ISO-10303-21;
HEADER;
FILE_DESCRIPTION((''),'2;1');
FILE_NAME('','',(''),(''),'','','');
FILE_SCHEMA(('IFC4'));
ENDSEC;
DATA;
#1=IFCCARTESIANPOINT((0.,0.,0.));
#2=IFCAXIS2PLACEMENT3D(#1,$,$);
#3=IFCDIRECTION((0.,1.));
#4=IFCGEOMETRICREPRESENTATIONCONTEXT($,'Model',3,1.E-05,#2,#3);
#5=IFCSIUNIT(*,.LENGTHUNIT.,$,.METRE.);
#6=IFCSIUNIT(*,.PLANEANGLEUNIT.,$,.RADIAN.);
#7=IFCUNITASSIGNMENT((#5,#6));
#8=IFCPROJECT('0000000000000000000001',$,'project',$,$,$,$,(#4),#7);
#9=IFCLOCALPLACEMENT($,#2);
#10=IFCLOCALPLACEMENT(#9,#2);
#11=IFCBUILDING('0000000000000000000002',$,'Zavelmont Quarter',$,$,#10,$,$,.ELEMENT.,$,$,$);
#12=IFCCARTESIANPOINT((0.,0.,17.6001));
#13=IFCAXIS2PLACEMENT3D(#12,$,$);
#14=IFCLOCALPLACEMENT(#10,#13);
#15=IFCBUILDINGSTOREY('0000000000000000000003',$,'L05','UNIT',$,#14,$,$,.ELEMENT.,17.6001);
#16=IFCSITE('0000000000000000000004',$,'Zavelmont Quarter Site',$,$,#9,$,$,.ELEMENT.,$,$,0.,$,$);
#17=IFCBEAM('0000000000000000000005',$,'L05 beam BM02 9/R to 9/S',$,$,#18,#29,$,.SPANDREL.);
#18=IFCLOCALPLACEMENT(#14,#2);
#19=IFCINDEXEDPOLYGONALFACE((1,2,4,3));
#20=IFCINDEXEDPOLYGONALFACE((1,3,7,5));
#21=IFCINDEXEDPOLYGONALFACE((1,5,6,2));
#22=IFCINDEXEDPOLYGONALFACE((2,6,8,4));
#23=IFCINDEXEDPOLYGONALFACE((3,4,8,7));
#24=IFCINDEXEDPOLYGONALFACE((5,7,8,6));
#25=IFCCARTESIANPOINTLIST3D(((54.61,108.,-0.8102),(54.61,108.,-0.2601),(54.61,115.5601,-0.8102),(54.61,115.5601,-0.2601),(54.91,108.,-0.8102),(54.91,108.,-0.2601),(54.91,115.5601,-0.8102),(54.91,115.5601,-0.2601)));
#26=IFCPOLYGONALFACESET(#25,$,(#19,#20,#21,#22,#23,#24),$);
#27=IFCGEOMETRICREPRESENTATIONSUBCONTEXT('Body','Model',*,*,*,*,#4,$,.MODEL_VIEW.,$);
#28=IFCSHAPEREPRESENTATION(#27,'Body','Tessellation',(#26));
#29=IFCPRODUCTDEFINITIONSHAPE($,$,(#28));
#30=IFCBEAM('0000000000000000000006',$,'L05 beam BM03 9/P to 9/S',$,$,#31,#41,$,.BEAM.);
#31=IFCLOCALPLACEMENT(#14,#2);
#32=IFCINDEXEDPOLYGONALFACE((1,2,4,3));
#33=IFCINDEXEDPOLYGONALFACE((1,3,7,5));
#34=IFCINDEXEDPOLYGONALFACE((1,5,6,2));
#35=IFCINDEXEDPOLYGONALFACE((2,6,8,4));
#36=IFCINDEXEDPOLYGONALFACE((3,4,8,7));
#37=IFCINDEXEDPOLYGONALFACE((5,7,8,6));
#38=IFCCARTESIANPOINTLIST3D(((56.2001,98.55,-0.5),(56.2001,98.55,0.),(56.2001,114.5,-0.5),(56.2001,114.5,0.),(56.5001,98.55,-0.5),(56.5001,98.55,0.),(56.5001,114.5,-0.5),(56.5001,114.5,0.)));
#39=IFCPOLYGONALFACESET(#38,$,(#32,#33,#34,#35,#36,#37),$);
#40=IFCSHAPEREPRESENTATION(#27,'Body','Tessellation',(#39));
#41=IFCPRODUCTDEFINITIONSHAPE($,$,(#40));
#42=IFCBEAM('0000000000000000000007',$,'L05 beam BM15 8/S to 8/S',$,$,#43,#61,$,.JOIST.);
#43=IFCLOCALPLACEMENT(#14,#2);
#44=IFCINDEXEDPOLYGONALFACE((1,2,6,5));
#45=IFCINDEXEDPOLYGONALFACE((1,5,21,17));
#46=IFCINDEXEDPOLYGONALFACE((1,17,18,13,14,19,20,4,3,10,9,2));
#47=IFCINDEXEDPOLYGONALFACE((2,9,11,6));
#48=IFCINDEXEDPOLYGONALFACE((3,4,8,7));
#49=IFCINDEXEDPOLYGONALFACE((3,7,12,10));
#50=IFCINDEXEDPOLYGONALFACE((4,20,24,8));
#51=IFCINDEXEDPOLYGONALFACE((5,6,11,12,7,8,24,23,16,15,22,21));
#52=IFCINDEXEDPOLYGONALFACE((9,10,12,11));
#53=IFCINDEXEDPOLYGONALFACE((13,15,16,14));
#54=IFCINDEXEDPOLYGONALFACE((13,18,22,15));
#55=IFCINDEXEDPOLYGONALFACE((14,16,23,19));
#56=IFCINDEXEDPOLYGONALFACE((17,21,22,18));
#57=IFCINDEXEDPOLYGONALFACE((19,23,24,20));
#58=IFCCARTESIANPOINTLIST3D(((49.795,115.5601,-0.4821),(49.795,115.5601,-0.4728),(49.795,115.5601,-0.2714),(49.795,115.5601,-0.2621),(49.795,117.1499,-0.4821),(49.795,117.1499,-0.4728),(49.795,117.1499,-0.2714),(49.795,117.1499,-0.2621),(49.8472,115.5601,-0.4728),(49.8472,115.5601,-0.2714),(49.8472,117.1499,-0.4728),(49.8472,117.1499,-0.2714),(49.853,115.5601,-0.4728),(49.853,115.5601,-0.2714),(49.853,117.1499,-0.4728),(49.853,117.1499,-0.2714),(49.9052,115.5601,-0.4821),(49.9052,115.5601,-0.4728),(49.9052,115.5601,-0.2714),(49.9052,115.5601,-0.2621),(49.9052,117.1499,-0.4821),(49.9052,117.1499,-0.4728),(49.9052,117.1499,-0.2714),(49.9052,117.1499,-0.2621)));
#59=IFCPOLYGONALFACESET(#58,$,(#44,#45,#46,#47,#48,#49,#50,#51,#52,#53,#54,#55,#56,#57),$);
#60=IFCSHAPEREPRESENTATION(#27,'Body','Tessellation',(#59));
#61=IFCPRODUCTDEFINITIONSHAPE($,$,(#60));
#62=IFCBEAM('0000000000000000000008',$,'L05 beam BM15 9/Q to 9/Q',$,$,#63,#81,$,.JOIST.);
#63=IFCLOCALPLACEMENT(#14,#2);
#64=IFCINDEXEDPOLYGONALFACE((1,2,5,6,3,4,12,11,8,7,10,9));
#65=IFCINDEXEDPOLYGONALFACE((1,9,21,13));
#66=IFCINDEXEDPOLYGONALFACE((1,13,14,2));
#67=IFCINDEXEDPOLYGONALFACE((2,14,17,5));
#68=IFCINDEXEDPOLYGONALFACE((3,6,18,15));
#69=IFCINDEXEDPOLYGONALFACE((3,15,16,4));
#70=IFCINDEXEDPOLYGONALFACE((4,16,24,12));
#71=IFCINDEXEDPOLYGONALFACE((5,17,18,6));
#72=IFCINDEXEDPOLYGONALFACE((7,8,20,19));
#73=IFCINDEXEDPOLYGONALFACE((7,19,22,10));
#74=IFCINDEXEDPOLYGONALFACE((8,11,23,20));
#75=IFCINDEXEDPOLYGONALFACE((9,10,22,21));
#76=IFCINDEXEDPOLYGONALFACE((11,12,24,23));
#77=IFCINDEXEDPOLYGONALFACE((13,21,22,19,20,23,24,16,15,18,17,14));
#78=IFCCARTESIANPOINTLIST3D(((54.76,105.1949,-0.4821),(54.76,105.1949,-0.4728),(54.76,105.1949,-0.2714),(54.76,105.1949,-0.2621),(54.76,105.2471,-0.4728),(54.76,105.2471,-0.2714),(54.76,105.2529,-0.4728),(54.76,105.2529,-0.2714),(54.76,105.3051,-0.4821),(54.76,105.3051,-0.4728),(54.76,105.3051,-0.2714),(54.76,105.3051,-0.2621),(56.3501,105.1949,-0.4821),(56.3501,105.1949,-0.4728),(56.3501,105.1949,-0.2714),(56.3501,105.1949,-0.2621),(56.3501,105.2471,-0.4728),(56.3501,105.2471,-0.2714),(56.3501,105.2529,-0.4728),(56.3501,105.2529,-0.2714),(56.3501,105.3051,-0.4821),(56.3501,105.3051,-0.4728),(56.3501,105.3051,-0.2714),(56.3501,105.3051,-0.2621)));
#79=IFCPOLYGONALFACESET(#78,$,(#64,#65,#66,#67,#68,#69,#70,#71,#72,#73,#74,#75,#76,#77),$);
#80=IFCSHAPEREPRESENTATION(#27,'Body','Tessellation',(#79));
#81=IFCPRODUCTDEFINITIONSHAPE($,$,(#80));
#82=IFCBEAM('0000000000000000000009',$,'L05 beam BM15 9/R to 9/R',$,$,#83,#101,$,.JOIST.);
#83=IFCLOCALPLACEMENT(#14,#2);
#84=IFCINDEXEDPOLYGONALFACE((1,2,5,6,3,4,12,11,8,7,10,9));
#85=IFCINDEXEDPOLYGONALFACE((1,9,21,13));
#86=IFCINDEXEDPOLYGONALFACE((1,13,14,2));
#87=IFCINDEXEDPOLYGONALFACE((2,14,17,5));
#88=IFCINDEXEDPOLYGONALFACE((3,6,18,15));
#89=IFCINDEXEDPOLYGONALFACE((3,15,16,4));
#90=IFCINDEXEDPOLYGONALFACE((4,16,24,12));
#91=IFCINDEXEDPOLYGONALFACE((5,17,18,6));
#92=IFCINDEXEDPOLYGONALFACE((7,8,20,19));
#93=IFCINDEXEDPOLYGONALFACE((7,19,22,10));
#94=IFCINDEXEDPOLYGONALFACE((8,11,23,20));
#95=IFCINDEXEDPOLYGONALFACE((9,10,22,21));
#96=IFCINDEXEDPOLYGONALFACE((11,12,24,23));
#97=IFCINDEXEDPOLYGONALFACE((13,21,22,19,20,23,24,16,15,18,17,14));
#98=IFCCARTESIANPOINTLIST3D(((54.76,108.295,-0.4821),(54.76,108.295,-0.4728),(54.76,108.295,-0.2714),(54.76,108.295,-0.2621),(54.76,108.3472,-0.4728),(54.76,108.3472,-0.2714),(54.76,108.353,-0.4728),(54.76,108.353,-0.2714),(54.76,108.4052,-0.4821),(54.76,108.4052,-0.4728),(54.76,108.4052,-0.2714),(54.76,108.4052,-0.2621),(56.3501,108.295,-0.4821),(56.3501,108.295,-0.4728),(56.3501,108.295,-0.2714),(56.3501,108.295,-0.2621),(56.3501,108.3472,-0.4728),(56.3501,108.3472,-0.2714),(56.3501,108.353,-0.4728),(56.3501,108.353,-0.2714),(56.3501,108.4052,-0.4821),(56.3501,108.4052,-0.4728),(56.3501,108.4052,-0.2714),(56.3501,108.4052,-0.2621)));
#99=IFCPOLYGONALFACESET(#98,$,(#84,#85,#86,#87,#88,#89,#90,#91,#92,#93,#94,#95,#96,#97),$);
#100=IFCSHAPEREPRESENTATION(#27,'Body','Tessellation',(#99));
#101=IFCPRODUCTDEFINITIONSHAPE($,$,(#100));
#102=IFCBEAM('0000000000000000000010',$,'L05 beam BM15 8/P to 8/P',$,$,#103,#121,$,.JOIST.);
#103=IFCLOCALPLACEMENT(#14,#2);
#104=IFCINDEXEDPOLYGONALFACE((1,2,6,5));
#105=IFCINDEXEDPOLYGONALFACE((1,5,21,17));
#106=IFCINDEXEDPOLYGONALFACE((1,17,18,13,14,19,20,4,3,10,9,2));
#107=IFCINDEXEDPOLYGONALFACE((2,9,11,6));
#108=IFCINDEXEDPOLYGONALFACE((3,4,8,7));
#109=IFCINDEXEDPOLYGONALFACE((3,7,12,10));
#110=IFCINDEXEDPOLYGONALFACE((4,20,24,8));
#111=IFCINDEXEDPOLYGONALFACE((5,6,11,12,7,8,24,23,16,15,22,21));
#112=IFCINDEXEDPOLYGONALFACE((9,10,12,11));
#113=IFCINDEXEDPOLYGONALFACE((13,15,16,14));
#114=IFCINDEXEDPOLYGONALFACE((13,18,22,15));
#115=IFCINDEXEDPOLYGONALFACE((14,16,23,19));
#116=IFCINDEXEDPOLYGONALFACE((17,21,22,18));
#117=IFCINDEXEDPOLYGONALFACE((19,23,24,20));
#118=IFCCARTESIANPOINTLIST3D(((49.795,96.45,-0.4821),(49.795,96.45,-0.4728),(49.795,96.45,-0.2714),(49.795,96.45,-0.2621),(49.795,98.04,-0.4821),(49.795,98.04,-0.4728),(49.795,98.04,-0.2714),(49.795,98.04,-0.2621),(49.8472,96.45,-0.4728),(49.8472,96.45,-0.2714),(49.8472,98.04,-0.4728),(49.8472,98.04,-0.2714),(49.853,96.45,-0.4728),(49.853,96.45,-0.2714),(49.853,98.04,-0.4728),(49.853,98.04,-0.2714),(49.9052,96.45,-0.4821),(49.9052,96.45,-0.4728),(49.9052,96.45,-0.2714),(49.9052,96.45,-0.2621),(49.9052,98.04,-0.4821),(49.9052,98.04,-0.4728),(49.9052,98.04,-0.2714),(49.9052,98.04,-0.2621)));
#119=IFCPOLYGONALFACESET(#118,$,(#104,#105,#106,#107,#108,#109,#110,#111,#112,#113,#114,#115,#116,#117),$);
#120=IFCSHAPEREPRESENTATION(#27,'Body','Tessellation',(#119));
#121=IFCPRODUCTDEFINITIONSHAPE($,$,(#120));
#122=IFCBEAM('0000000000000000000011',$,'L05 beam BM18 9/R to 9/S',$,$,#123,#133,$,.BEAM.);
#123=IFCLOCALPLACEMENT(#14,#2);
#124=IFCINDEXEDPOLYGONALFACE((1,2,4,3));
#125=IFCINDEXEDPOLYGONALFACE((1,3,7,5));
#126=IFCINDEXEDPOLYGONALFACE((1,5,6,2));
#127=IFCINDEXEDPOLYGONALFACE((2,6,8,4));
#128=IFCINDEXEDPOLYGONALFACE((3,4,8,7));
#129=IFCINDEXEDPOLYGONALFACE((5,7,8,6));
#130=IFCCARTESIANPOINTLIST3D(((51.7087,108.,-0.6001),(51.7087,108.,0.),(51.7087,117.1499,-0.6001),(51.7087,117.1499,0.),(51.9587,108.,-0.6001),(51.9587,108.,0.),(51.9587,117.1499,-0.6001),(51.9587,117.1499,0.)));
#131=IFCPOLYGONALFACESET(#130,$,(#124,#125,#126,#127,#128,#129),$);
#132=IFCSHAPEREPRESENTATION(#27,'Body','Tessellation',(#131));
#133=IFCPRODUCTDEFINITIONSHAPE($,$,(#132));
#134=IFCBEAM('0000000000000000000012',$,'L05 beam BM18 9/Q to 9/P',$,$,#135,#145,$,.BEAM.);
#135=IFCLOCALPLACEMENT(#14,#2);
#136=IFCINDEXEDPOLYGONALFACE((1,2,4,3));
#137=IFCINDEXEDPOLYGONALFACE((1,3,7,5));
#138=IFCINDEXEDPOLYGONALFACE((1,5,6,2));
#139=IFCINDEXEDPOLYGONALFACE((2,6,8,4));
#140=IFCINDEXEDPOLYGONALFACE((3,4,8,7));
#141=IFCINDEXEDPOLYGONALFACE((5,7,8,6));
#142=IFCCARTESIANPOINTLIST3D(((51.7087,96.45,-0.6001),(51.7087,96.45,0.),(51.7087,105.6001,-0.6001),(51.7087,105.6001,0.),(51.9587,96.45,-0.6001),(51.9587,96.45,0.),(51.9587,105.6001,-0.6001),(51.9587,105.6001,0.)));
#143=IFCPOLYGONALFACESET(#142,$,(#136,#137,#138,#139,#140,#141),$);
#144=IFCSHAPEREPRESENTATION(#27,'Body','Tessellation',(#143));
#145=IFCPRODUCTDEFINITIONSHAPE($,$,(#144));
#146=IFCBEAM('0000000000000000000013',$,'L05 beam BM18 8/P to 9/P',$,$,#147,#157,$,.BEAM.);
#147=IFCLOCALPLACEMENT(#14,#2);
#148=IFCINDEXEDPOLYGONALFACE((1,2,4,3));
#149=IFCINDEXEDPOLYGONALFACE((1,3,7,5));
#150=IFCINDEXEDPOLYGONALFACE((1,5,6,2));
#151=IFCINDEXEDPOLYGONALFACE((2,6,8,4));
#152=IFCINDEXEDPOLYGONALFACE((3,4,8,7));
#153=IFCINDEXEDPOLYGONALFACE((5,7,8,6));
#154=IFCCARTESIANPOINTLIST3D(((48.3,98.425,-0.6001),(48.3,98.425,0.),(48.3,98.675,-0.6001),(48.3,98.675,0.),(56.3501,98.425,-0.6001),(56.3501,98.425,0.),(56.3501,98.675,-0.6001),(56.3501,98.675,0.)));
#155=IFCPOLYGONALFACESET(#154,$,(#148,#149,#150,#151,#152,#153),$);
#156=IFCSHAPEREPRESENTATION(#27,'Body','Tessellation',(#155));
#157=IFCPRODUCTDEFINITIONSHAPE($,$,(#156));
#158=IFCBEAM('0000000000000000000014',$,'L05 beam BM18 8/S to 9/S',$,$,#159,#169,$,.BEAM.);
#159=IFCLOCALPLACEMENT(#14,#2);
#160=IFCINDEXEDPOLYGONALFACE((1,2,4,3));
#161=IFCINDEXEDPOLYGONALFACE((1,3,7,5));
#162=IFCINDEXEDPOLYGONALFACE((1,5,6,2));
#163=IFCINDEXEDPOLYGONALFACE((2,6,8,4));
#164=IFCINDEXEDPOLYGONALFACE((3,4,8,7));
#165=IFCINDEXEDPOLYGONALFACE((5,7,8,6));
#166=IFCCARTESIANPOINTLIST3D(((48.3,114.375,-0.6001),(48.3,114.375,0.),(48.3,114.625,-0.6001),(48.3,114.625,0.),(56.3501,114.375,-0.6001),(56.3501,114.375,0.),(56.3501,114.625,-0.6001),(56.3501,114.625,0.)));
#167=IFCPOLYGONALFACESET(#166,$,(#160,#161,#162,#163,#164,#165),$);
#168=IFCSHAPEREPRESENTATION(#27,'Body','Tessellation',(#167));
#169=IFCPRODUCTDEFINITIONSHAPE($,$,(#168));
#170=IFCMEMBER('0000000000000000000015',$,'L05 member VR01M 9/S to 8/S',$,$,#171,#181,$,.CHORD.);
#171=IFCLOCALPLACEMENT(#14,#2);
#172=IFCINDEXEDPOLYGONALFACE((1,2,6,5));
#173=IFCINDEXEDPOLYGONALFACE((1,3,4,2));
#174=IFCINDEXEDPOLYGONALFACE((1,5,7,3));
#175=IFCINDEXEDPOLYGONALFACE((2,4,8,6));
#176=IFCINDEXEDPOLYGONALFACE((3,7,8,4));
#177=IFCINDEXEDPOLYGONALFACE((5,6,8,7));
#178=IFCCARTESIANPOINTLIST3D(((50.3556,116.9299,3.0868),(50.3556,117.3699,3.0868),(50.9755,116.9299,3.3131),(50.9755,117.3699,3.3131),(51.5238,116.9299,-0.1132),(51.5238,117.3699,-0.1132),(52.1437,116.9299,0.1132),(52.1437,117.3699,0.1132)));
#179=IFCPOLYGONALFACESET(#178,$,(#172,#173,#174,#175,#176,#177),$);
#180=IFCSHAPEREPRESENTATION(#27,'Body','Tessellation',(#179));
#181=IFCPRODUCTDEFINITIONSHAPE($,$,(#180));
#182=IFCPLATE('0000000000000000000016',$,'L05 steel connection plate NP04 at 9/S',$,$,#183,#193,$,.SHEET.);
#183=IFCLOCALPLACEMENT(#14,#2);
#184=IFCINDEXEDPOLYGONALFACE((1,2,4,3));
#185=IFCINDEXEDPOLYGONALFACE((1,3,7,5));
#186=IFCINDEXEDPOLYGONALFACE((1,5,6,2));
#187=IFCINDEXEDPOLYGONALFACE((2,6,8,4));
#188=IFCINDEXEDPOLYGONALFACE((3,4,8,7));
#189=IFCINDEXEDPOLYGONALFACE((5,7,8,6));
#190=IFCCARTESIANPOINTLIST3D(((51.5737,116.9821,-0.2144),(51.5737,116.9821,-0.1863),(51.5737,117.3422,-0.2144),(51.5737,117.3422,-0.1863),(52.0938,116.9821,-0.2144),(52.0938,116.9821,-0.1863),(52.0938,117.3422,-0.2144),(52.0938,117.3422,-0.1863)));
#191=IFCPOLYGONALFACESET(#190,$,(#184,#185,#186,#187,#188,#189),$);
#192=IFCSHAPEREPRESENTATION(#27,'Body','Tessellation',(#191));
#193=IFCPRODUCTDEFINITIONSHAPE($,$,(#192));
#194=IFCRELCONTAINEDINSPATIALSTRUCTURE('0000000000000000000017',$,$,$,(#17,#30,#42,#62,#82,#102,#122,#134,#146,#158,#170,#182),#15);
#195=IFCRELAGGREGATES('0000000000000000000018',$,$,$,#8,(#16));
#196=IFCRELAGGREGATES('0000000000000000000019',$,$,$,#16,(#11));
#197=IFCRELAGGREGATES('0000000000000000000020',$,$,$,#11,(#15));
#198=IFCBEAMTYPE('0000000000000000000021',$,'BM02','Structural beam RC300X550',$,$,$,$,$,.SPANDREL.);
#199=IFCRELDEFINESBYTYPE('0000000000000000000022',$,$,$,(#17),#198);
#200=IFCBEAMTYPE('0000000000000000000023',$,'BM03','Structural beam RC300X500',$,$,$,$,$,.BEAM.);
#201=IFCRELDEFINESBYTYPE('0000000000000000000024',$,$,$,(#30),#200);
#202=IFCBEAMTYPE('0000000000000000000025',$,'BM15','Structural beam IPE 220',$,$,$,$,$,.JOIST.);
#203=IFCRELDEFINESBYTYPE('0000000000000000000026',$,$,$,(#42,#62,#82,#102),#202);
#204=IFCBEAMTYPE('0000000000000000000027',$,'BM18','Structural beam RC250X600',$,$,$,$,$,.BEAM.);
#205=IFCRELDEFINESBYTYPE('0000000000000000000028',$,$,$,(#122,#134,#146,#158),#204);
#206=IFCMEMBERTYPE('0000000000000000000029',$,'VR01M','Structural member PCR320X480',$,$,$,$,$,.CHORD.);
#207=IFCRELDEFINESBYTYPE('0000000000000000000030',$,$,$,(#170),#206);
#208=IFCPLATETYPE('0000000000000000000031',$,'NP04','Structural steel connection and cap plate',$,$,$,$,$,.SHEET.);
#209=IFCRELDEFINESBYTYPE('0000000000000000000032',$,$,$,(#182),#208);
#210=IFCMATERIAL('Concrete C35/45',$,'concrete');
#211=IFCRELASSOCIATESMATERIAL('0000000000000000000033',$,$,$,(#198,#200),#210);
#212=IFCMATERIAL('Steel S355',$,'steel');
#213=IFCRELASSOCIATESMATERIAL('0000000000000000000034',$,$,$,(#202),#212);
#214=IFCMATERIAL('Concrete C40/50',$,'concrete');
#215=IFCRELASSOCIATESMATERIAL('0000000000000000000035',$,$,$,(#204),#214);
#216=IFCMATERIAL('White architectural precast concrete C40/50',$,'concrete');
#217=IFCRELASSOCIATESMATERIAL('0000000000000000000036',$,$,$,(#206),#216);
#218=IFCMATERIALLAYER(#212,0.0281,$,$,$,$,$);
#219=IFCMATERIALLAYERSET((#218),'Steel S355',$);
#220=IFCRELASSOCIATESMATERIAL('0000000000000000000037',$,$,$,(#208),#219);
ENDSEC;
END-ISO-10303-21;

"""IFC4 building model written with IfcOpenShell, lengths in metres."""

from ifc_helpers import new_model, si_unit, direction, frame, origin, origin_2d, place, context, subcontext, project, spatial, rectangle, i_section, extrude, material, layer, layer_set, material_profile, profile_set, type_object, element, save


model = new_model("IFC4")

# Units and contexts
model_context = context("Model", 3, precision=1e-05, world=origin(), true_north=direction((0.0, 1.0)))
body_context = subcontext(model_context, "Body", "Model", "MODEL_VIEW")
ifc_project = project(units=[si_unit("LENGTHUNIT", "METRE"), si_unit("PLANEANGLEUNIT", "RADIAN")], contexts=[model_context])

# Site, building, storey
site_placement = place(None, origin())
site = spatial("IfcSite", under=ifc_project, at=site_placement, Name="Zavelmont Quarter Site", CompositionType="ELEMENT", RefElevation=0.0)
building_placement = place(site_placement, origin())
building = spatial("IfcBuilding", under=site, at=building_placement, Name="Zavelmont Quarter", CompositionType="ELEMENT")
storey_placement = place(building_placement, frame((0.0, 0.0, 17.6001)))
storey = spatial("IfcBuildingStorey", under=building, at=storey_placement, Name="L05", Description="UNIT", CompositionType="ELEMENT", Elevation=17.6001)

# Shared definitions
ifc_material_1 = material(Name="Concrete C35/45", Category="concrete")

# Beams
ifc_material_profile_1 = material_profile(ifc_material_1, rectangle(XDim=0.3, YDim=0.55, at=origin_2d()), Name="RC300X550")
ifc_profile_set_1 = profile_set([ifc_material_profile_1], Name="Concrete C35/45")
beam_type_1 = type_object("IfcBeamType", Name="BM02", Description="Structural beam RC300X550", PredefinedType="SPANDREL", material=ifc_profile_set_1)
beam_1_placement = place(storey_placement, frame((54.76, 108.0, -0.5352), z_axis=(0.0, 1.0, 0.0), x_axis=(-1.0, 0.0, 0.0)))
element("IfcBeam", 1, at=beam_1_placement, inside=storey, type_object=beam_type_1, Name="L05 beam BM02 9/R to 9/S", PredefinedType="SPANDREL", context=body_context, shape_type="SweptSolid", body=[
    extrude(rectangle(XDim=0.3, YDim=0.55, at=origin_2d()), origin(), (0.0, 0.0, 1.0), 7.5601),
])
ifc_material_profile_2 = material_profile(ifc_material_1, rectangle(XDim=0.3, YDim=0.5, at=origin_2d()), Name="RC300X500")
ifc_profile_set_2 = profile_set([ifc_material_profile_2], Name="Concrete C35/45")
beam_type_2 = type_object("IfcBeamType", Name="BM03", Description="Structural beam RC300X500", PredefinedType="BEAM", material=ifc_profile_set_2)
beam_2_placement = place(storey_placement, frame((56.3501, 98.55, -0.25), z_axis=(0.0, 1.0, 0.0), x_axis=(-1.0, 0.0, 0.0)))
element("IfcBeam", 2, at=beam_2_placement, inside=storey, type_object=beam_type_2, Name="L05 beam BM03 9/P to 9/S", PredefinedType="BEAM", context=body_context, shape_type="SweptSolid", body=[
    extrude(rectangle(XDim=0.3, YDim=0.5, at=origin_2d()), origin(), (0.0, 0.0, 1.0), 15.95),
])
ifc_material_2 = material(Name="Steel S355", Category="steel")
ifc_material_profile_3 = material_profile(ifc_material_2, i_section(OverallWidth=0.1101, OverallDepth=0.22, WebThickness=0.0059, FlangeThickness=0.0093, at=origin_2d()), Name="IPE 220")
ifc_profile_set_3 = profile_set([ifc_material_profile_3], Name="Steel S355")
beam_type_3 = type_object("IfcBeamType", Name="BM15", Description="Structural beam IPE 220", PredefinedType="JOIST", material=ifc_profile_set_3)
beam_3_placement = place(storey_placement, frame((49.8501, 115.5601, -0.3721), z_axis=(0.0, 1.0, 0.0), x_axis=(-1.0, 0.0, 0.0)))
element("IfcBeam", 3, at=beam_3_placement, inside=storey, type_object=beam_type_3, Name="L05 beam BM15 8/S to 8/S", PredefinedType="JOIST", context=body_context, shape_type="SweptSolid", body=[
    extrude(i_section(OverallWidth=0.1101, OverallDepth=0.22, WebThickness=0.0059, FlangeThickness=0.0093, at=origin_2d()), origin(), (0.0, 0.0, 1.0), 1.5898),
])
for number, where, z_axis, x_axis, name in (
    (4, (54.76, 105.25, -0.3721), (1.0, 0.0, 0.0), (0.0, 1.0, 0.0), "L05 beam BM15 9/Q to 9/Q"),
    (5, (54.76, 108.3501, -0.3721), (1.0, 0.0, 0.0), (0.0, 1.0, 0.0), "L05 beam BM15 9/R to 9/R"),
    (6, (49.8501, 98.04, -0.3721), (0.0, -1.0, 0.0), (1.0, 0.0, 0.0), "L05 beam BM15 8/P to 8/P"),
):
    element("IfcBeam", number, at=place(storey_placement, frame(where, z_axis=z_axis, x_axis=x_axis)), inside=storey, type_object=beam_type_3, Name=name, PredefinedType="JOIST", context=body_context, shape_type="SweptSolid", body=[
        extrude(i_section(OverallWidth=0.1101, OverallDepth=0.22, WebThickness=0.0059, FlangeThickness=0.0093, at=origin_2d()), origin(), (0.0, 0.0, 1.0), 1.5901),
    ])
ifc_material_3 = material(Name="Concrete C40/50", Category="concrete")
ifc_material_profile_4 = material_profile(ifc_material_3, rectangle(XDim=0.25, YDim=0.6001, at=origin_2d()), Name="RC250X600")
ifc_profile_set_4 = profile_set([ifc_material_profile_4], Name="Concrete C40/50")
beam_type_4 = type_object("IfcBeamType", Name="BM18", Description="Structural beam RC250X600", PredefinedType="BEAM", material=ifc_profile_set_4)
beam_4_placement = place(storey_placement, frame((51.8337, 108.0, -0.3), z_axis=(0.0, 1.0, 0.0), x_axis=(-1.0, 0.0, 0.0)))
element("IfcBeam", 7, at=beam_4_placement, inside=storey, type_object=beam_type_4, Name="L05 beam BM18 9/R to 9/S", PredefinedType="BEAM", context=body_context, shape_type="SweptSolid", body=[
    extrude(rectangle(XDim=0.25, YDim=0.6001, at=origin_2d()), origin(), (0.0, 0.0, 1.0), 9.1499),
])
beam_5_placement = place(storey_placement, frame((51.8337, 105.6001, -0.3), z_axis=(0.0, -1.0, 0.0), x_axis=(1.0, 0.0, 0.0)))
element("IfcBeam", 8, at=beam_5_placement, inside=storey, type_object=beam_type_4, Name="L05 beam BM18 9/Q to 9/P", PredefinedType="BEAM", context=body_context, shape_type="SweptSolid", body=[
    extrude(rectangle(XDim=0.25, YDim=0.6001, at=origin_2d()), origin(), (0.0, 0.0, 1.0), 9.1501),
])
for number, where, z_axis, x_axis, name in (
    (9, (48.3, 98.55, -0.3), (1.0, 0.0, 0.0), (0.0, 1.0, 0.0), "L05 beam BM18 8/P to 9/P"),
    (10, (48.3, 114.5, -0.3), (1.0, 0.0, 0.0), (0.0, 1.0, 0.0), "L05 beam BM18 8/S to 9/S"),
):
    element("IfcBeam", number, at=place(storey_placement, frame(where, z_axis=z_axis, x_axis=x_axis)), inside=storey, type_object=beam_type_4, Name=name, PredefinedType="BEAM", context=body_context, shape_type="SweptSolid", body=[
        extrude(rectangle(XDim=0.25, YDim=0.6001, at=origin_2d()), origin(), (0.0, 0.0, 1.0), 8.05),
    ])

# Member
ifc_material_4 = material(Name="White architectural precast concrete C40/50", Category="concrete")
ifc_material_profile_5 = material_profile(ifc_material_4, rectangle(XDim=0.4399, YDim=0.6599, at=origin_2d()), Name="PCR320X480")
ifc_profile_set_5 = profile_set([ifc_material_profile_5], Name="White architectural precast concrete C40/50")
member_type = type_object("IfcMemberType", Name="VR01M", Description="Structural member PCR320X480", PredefinedType="CHORD", material=ifc_profile_set_5)
member_placement = place(storey_placement, frame((51.8337, 117.1499, 0.0), z_axis=(-0.342934, 0.0, 0.93936), x_axis=(0.0, -1.0, 0.0)))
element("IfcMember", 11, at=member_placement, inside=storey, type_object=member_type, Name="L05 member VR01M 9/S to 8/S", PredefinedType="CHORD", context=body_context, shape_type="SweptSolid", body=[
    extrude(rectangle(XDim=0.4399, YDim=0.6599, at=origin_2d()), origin(), (0.0, 0.0, 1.0), 3.4065),
])

# Plate
ifc_layer_1 = layer(ifc_material_2, 0.0281)
ifc_layer_set_1 = layer_set([ifc_layer_1], Name="Steel S355")
plate_type = type_object("IfcPlateType", Name="NP04", Description="Structural steel connection and cap plate", PredefinedType="SHEET", material=ifc_layer_set_1)
plate_placement = place(storey_placement, frame((51.8337, 117.1621, -0.2144), z_axis=(0.0, 0.0, 1.0), x_axis=(1.0, 0.0, 0.0)))
element("IfcPlate", 12, at=plate_placement, inside=storey, type_object=plate_type, Name="L05 steel connection plate NP04 at 9/S", PredefinedType="SHEET", context=body_context, shape_type="SweptSolid", body=[
    extrude(rectangle(XDim=0.52, YDim=0.3601, at=origin_2d()), origin(), (0.0, 0.0, 1.0), 0.0281),
])

save(model, "model.ifc")
